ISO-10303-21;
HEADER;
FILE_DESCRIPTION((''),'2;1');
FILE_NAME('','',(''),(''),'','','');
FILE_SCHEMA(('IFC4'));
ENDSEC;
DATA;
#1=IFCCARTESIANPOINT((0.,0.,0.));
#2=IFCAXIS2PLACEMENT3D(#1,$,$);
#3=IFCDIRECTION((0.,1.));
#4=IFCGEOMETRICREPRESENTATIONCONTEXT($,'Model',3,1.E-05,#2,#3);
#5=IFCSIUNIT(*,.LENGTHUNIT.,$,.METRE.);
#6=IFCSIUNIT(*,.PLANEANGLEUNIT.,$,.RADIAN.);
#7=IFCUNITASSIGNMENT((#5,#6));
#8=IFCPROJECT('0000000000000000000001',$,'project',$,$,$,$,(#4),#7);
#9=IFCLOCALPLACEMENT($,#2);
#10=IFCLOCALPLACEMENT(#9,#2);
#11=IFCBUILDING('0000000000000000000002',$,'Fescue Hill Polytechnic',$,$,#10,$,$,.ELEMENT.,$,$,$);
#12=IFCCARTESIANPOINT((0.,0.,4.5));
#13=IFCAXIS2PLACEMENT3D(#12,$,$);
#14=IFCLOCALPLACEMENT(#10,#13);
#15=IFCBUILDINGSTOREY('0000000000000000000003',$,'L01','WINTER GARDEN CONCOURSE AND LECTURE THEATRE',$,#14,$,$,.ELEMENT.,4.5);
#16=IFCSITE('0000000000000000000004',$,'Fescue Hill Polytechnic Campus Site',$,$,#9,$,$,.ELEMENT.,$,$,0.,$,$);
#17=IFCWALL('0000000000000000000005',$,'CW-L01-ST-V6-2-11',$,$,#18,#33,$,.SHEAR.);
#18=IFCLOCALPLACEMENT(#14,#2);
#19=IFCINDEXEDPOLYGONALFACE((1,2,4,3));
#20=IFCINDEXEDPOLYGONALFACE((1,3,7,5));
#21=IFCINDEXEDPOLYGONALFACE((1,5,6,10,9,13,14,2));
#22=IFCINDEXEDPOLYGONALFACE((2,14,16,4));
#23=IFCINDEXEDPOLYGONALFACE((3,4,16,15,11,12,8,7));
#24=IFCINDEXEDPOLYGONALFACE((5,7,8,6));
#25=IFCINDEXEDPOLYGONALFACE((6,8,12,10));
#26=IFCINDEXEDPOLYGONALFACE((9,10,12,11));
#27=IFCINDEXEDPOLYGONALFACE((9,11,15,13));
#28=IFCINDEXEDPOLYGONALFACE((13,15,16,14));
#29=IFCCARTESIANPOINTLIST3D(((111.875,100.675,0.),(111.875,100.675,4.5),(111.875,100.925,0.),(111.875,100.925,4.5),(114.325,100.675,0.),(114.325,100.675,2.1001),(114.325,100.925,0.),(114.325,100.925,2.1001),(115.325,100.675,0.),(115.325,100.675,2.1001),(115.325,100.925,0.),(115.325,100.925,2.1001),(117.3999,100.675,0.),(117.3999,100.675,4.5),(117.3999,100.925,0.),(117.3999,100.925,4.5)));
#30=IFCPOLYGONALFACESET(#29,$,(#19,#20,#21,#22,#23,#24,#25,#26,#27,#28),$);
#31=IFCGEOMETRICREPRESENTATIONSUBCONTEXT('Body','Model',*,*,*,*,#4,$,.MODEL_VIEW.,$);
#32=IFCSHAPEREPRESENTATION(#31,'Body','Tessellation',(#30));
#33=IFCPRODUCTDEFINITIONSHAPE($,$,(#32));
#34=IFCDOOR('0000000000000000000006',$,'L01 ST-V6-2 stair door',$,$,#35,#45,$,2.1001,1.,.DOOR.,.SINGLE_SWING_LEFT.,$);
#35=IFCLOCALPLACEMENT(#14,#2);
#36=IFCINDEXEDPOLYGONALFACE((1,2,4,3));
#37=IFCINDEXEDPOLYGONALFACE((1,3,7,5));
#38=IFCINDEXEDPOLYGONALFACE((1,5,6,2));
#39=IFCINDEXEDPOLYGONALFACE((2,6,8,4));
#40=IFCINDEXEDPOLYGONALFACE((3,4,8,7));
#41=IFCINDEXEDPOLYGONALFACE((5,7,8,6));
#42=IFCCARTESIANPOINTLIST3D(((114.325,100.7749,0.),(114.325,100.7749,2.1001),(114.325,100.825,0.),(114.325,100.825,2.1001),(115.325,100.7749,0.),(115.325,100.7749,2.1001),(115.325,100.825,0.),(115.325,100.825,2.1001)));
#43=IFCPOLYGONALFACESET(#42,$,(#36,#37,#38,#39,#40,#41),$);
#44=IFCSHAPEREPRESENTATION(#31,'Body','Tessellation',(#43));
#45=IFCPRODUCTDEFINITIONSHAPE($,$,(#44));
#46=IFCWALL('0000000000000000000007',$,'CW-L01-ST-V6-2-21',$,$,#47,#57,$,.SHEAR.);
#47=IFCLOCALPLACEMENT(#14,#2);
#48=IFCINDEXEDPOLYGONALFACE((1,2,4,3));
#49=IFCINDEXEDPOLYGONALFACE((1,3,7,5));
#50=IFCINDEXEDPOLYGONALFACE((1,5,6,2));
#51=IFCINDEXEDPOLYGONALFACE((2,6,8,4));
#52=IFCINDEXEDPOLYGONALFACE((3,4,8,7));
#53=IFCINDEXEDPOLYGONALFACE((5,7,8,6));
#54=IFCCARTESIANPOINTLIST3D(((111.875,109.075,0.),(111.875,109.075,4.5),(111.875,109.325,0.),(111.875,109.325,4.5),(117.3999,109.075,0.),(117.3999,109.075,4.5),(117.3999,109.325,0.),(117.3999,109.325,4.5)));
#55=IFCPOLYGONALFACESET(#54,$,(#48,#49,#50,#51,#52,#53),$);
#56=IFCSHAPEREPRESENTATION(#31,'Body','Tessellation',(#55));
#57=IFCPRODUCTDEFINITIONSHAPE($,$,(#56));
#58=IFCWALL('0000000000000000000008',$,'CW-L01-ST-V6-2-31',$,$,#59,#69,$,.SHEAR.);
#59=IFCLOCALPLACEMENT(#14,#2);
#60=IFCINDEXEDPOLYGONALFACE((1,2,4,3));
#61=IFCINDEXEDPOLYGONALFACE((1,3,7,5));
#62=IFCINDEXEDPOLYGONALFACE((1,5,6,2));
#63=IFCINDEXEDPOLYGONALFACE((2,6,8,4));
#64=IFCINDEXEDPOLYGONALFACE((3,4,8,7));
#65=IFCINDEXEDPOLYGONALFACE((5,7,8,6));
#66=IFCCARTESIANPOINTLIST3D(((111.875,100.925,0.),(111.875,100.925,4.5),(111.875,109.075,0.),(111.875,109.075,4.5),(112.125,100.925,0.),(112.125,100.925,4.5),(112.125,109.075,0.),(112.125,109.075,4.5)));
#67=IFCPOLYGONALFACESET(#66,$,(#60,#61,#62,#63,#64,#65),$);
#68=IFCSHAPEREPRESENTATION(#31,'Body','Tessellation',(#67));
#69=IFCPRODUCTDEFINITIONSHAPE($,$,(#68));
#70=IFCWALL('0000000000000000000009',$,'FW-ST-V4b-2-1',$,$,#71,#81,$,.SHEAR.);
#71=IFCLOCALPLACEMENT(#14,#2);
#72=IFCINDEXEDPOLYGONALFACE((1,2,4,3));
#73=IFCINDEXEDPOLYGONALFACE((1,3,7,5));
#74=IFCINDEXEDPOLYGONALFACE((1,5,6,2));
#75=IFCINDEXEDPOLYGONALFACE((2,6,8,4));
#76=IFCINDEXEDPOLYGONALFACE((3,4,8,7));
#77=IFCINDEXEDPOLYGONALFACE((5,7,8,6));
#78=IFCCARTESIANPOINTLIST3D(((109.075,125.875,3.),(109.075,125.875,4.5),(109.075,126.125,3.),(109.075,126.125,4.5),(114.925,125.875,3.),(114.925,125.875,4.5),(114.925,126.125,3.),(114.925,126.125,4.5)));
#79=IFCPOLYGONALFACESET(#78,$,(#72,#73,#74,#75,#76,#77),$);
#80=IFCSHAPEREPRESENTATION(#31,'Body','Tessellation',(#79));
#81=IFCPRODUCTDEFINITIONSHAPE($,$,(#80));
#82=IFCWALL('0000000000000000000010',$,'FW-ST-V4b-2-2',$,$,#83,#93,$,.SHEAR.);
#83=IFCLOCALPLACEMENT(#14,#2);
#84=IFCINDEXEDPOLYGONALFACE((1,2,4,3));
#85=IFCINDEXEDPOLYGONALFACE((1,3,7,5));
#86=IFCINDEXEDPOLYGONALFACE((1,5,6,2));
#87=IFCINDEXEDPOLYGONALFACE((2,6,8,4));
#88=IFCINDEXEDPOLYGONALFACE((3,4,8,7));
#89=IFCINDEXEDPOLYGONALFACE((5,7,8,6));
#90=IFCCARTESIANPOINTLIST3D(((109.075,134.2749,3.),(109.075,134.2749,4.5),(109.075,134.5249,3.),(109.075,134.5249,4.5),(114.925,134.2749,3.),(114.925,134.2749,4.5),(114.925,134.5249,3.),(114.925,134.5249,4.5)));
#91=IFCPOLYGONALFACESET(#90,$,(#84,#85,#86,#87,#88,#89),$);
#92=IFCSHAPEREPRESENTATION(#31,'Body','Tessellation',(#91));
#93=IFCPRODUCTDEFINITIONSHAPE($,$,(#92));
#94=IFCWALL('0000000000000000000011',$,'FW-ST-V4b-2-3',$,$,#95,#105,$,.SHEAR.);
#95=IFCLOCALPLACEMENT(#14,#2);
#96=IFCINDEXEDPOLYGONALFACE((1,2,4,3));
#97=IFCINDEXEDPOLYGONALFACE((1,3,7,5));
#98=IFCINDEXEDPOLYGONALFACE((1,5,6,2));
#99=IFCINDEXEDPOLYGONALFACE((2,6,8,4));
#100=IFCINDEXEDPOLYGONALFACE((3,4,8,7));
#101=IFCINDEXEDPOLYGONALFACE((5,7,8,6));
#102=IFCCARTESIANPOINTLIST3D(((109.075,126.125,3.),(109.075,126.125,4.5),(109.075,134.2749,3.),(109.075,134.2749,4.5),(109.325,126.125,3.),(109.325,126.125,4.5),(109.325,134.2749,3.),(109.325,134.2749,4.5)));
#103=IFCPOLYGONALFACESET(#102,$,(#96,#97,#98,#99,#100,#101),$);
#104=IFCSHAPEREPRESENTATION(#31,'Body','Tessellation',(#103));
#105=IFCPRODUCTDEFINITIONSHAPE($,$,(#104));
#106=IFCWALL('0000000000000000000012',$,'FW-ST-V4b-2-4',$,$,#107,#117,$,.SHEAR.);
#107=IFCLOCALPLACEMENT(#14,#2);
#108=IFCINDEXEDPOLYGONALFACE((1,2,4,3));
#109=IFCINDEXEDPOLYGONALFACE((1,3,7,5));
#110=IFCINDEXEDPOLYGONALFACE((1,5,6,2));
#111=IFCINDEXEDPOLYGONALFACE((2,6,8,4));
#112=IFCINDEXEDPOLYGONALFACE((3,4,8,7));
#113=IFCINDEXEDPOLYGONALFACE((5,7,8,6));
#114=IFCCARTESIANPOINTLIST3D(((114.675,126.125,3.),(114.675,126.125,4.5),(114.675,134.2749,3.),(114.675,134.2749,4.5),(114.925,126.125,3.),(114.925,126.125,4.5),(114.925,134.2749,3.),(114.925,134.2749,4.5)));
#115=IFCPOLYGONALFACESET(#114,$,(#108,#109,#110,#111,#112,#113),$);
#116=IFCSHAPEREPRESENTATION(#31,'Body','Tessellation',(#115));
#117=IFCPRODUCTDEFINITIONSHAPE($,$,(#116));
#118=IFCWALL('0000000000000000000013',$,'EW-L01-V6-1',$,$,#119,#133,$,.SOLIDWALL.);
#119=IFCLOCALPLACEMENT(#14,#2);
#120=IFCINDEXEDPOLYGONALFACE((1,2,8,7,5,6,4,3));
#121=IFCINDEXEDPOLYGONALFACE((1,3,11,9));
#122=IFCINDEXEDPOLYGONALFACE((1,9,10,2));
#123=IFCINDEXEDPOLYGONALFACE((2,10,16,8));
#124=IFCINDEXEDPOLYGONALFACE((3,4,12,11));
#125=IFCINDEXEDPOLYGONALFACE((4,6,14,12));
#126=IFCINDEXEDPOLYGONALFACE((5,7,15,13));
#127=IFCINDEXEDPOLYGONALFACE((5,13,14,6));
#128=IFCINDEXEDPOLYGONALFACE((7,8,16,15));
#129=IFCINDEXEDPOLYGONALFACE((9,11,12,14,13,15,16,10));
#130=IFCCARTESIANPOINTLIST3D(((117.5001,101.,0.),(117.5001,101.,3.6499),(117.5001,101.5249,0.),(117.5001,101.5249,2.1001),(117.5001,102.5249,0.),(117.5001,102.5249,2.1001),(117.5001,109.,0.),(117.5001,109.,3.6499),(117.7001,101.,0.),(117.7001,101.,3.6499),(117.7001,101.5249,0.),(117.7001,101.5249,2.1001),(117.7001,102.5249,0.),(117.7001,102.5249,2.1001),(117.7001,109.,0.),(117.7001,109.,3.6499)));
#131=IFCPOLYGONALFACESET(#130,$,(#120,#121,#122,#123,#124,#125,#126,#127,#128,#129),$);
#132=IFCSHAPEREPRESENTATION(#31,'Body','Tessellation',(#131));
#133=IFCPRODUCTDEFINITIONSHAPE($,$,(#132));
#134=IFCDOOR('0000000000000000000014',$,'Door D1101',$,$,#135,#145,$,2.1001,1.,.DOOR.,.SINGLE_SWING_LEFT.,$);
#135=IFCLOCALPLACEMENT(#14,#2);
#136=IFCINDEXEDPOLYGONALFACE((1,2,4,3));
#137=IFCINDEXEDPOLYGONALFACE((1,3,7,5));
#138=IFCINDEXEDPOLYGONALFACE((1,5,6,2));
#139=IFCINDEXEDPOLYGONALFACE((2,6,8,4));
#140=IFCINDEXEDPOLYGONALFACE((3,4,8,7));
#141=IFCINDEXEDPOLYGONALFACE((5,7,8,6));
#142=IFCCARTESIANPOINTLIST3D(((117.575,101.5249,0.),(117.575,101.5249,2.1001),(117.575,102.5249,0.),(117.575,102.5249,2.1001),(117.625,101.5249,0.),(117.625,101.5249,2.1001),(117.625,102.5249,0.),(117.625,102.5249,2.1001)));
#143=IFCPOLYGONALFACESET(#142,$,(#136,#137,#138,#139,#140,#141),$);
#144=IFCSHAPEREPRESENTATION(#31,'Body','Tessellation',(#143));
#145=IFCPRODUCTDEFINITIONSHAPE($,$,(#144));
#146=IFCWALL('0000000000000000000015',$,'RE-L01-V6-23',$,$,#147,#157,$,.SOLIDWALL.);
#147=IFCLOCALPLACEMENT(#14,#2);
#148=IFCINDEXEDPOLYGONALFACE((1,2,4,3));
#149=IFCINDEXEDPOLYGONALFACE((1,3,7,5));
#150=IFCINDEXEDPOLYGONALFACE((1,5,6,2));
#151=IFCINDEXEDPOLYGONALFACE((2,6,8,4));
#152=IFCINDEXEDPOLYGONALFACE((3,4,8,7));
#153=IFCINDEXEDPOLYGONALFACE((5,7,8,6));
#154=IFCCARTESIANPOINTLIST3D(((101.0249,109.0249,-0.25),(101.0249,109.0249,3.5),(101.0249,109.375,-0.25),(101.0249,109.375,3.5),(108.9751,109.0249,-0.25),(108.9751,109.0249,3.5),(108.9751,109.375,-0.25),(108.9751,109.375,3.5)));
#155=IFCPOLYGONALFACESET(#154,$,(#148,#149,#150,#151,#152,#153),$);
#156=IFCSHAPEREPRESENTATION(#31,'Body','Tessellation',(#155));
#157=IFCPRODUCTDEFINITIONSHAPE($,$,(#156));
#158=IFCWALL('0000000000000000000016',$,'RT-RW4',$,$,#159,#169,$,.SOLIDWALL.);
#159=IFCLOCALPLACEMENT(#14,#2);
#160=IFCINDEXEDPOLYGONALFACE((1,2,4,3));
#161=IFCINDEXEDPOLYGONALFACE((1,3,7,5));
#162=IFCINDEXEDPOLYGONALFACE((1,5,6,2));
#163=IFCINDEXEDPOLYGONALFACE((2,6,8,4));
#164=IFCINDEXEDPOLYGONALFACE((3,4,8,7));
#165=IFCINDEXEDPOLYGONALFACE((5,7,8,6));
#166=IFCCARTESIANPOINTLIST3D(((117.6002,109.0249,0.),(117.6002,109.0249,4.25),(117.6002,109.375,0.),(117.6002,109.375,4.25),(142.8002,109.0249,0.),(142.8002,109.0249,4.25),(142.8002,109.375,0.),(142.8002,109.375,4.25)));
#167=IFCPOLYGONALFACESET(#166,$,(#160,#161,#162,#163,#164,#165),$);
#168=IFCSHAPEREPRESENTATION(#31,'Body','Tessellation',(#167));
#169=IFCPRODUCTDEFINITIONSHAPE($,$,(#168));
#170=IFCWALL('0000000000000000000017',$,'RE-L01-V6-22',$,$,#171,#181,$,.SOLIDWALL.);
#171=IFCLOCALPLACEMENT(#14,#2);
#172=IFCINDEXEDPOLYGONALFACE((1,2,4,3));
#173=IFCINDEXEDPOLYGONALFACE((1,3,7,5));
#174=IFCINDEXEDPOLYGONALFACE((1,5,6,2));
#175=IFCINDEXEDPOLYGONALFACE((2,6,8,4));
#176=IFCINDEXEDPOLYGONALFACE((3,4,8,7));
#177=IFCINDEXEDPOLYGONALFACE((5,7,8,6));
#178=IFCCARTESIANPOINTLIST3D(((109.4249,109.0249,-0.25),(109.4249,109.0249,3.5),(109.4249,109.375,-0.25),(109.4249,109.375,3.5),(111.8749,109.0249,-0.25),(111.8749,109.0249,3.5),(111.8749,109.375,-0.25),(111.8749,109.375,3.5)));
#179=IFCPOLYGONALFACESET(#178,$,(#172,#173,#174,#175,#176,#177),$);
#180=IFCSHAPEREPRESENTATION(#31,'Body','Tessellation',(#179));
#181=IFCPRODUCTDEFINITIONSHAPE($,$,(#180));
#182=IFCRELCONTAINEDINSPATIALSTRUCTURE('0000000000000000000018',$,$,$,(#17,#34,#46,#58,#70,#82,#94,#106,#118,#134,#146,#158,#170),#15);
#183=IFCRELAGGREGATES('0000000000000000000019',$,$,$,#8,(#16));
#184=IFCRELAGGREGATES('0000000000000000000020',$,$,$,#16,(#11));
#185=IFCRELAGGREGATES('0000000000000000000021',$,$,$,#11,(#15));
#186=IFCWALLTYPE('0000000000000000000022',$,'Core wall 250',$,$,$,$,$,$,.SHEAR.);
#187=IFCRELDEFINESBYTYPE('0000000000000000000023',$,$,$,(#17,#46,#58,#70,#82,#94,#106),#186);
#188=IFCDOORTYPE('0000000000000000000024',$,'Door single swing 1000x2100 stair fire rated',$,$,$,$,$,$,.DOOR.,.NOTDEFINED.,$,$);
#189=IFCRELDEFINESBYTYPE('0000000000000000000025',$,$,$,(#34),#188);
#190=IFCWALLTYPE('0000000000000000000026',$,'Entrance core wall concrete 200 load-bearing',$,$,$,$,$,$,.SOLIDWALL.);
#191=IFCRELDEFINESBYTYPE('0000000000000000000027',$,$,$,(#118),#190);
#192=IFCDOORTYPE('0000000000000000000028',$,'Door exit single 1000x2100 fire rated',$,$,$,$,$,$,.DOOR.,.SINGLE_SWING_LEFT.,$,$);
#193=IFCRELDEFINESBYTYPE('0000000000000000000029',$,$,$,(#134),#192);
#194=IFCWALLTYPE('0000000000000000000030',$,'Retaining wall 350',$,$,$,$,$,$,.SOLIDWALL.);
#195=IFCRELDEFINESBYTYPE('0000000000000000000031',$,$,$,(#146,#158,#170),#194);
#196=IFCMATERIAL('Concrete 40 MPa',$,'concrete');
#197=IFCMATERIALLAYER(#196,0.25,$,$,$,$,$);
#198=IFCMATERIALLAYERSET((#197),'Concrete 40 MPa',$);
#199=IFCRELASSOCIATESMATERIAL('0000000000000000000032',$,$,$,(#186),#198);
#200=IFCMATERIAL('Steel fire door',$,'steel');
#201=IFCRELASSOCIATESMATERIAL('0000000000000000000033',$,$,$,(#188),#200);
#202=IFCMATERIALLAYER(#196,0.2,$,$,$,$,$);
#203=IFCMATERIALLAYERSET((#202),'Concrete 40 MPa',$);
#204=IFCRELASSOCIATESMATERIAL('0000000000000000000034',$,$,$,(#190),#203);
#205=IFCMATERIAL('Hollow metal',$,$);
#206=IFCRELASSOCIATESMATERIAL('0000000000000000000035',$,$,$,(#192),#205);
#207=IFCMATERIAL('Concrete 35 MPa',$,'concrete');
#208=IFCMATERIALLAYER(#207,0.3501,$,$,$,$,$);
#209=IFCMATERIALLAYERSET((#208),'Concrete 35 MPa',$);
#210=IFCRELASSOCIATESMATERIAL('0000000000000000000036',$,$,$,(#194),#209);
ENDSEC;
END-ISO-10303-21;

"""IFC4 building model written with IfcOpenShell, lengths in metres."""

from ifc_helpers import new_model, si_unit, direction, frame, frame_2d, origin, place, context, subcontext, project, spatial, rectangle, extrude, material, layer, layer_set, type_object, element, fill, save


model = new_model("IFC4")

# Units and contexts
model_context = context("Model", 3, precision=1e-05, world=origin(), true_north=direction((0.0, 1.0)))
body_context = subcontext(model_context, "Body", "Model", "MODEL_VIEW")
ifc_project = project(units=[si_unit("LENGTHUNIT", "METRE"), si_unit("PLANEANGLEUNIT", "RADIAN")], contexts=[model_context])

# Site, building, storey
site_placement = place(None, origin())
site = spatial("IfcSite", under=ifc_project, at=site_placement, Name="Fescue Hill Polytechnic Campus Site", CompositionType="ELEMENT", RefElevation=0.0)
building_placement = place(site_placement, origin())
building = spatial("IfcBuilding", under=site, at=building_placement, Name="Fescue Hill Polytechnic", CompositionType="ELEMENT")
storey_placement = place(building_placement, frame((0.0, 0.0, 4.5)))
storey = spatial("IfcBuildingStorey", under=building, at=storey_placement, Name="L01", Description="WINTER GARDEN CONCOURSE AND LECTURE THEATRE", CompositionType="ELEMENT", Elevation=4.5)

# Shared definitions
ifc_material_1 = material(Name="Concrete 35 MPa", Category="concrete")

# Shared definitions
ifc_material_2 = material(Name="Concrete 40 MPa", Category="concrete")

# Wall, opening, door
ifc_layer_1 = layer(ifc_material_2, 0.25)
ifc_layer_set_1 = layer_set([ifc_layer_1], Name="Concrete 40 MPa")
wall_type_1 = type_object("IfcWallType", Name="Core wall 250", PredefinedType="SHEAR", material=ifc_layer_set_1)
wall_1_placement = place(storey_placement, frame((111.875, 100.8, 0.0), z_axis=(0.0, 0.0, 1.0), x_axis=(1.0, 0.0, 0.0)))
wall_1 = element("IfcWall", 1, at=wall_1_placement, inside=storey, type_object=wall_type_1, Name="CW-L01-ST-V6-2-11", PredefinedType="SHEAR", context=body_context, shape_type="SweptSolid", body=[
    extrude(rectangle(XDim=5.5249, YDim=0.25, at=frame_2d((2.7625, 0.0))), origin(), (0.0, 0.0, 1.0), 4.5),
])
opening_1_placement = place(wall_1_placement, frame((2.45, 0.0, 0.0)))
opening_1 = element("IfcOpeningElement", 2, at=opening_1_placement, cuts=wall_1, PredefinedType="OPENING", context=body_context, shape_type="SweptSolid", body=[
    extrude(rectangle(XDim=1.0, YDim=2.1001, at=frame_2d((0.5, 1.05))), frame((0.0, 0.135, 0.0), z_axis=(0.0, -1.0, 0.0), x_axis=(1.0, 0.0, 0.0)), (0.0, 0.0, 1.0), 0.27),
])
ifc_material_3 = material(Name="Steel fire door", Category="steel")
door_type_1 = type_object("IfcDoorType", Name="Door single swing 1000x2100 stair fire rated", OperationType="NOTDEFINED", PredefinedType="DOOR", material=ifc_material_3)
door_1_placement = place(opening_1_placement, origin())
door_1 = element("IfcDoor", 3, at=door_1_placement, inside=storey, type_object=door_type_1, Name="L01 ST-V6-2 stair door", OperationType="SINGLE_SWING_LEFT", OverallHeight=2.1001, OverallWidth=1.0, PredefinedType="DOOR", context=body_context, shape_type="SweptSolid", body=[
    extrude(rectangle(XDim=1.0, YDim=2.1001, at=frame_2d((0.5, 1.05))), frame((0.0, 0.0249, 0.0), z_axis=(0.0, -1.0, 0.0), x_axis=(1.0, 0.0, 0.0)), (0.0, 0.0, 1.0), 0.05),
])
fill(opening_1, door_1)

# Walls
wall_2_placement = place(storey_placement, frame((111.875, 109.2, 0.0), z_axis=(0.0, 0.0, 1.0), x_axis=(1.0, 0.0, 0.0)))
element("IfcWall", 4, at=wall_2_placement, inside=storey, type_object=wall_type_1, Name="CW-L01-ST-V6-2-21", PredefinedType="SHEAR", context=body_context, shape_type="SweptSolid", body=[
    extrude(rectangle(XDim=5.5249, YDim=0.25, at=frame_2d((2.7625, 0.0))), origin(), (0.0, 0.0, 1.0), 4.5),
])
wall_3_placement = place(storey_placement, frame((112.0, 100.925, 0.0), z_axis=(0.0, 0.0, 1.0), x_axis=(0.0, 1.0, 0.0)))
element("IfcWall", 5, at=wall_3_placement, inside=storey, type_object=wall_type_1, Name="CW-L01-ST-V6-2-31", PredefinedType="SHEAR", context=body_context, shape_type="SweptSolid", body=[
    extrude(rectangle(XDim=8.1499, YDim=0.25, at=frame_2d((4.075, 0.0))), origin(), (0.0, 0.0, 1.0), 4.5),
])
for number, where, z_axis, x_axis, name in (
    (6, (109.075, 126.0, 3.0), (0.0, 0.0, 1.0), (1.0, 0.0, 0.0), "FW-ST-V4b-2-1"),
    (7, (109.075, 134.3999, 3.0), (0.0, 0.0, 1.0), (1.0, 0.0, 0.0), "FW-ST-V4b-2-2"),
):
    element("IfcWall", number, at=place(storey_placement, frame(where, z_axis=z_axis, x_axis=x_axis)), inside=storey, type_object=wall_type_1, Name=name, PredefinedType="SHEAR", context=body_context, shape_type="SweptSolid", body=[
        extrude(rectangle(XDim=5.8501, YDim=0.25, at=frame_2d((2.925, 0.0))), origin(), (0.0, 0.0, 1.0), 1.5),
    ])
for number, where, z_axis, x_axis, name in (
    (8, (109.2, 126.125, 3.0), (0.0, 0.0, 1.0), (0.0, 1.0, 0.0), "FW-ST-V4b-2-3"),
    (9, (114.8, 126.125, 3.0), (0.0, 0.0, 1.0), (0.0, 1.0, 0.0), "FW-ST-V4b-2-4"),
):
    element("IfcWall", number, at=place(storey_placement, frame(where, z_axis=z_axis, x_axis=x_axis)), inside=storey, type_object=wall_type_1, Name=name, PredefinedType="SHEAR", context=body_context, shape_type="SweptSolid", body=[
        extrude(rectangle(XDim=8.1499, YDim=0.25, at=frame_2d((4.075, 0.0))), origin(), (0.0, 0.0, 1.0), 1.5),
    ])

# Wall, opening, door
ifc_layer_2 = layer(ifc_material_2, 0.2)
ifc_layer_set_2 = layer_set([ifc_layer_2], Name="Concrete 40 MPa")
wall_type_2 = type_object("IfcWallType", Name="Entrance core wall concrete 200 load-bearing", PredefinedType="SOLIDWALL", material=ifc_layer_set_2)
wall_4_placement = place(storey_placement, frame((117.6001, 101.0, 0.0), z_axis=(0.0, 0.0, 1.0), x_axis=(0.0, 1.0, 0.0)))
wall_4 = element("IfcWall", 10, at=wall_4_placement, inside=storey, type_object=wall_type_2, Name="EW-L01-V6-1", PredefinedType="SOLIDWALL", context=body_context, shape_type="SweptSolid", body=[
    extrude(rectangle(XDim=8.0, YDim=0.2, at=frame_2d((4.0, 0.0))), origin(), (0.0, 0.0, 1.0), 3.6499),
])
opening_2_placement = place(wall_4_placement, frame((1.5249, 0.0, 0.0), z_axis=(0.0, 0.0, 1.0), x_axis=(-1.0, 0.0, 0.0)))
opening_2 = element("IfcOpeningElement", 11, at=opening_2_placement, cuts=wall_4, PredefinedType="OPENING", context=body_context, shape_type="SweptSolid", body=[
    extrude(rectangle(XDim=1.0, YDim=2.1001, at=frame_2d((0.5, 1.05))), frame((0.0, 0.1099, 0.0), z_axis=(0.0, -1.0, 0.0), x_axis=(1.0, 0.0, 0.0)), (0.0, 0.0, 1.0), 0.22),
])
ifc_material_4 = material(Name="Hollow metal")
door_type_2 = type_object("IfcDoorType", Name="Door exit single 1000x2100 fire rated", OperationType="SINGLE_SWING_LEFT", PredefinedType="DOOR", material=ifc_material_4)
door_2_placement = place(opening_2_placement, origin())
door_2 = element("IfcDoor", 12, at=door_2_placement, inside=storey, type_object=door_type_2, Name="Door D1101", OperationType="SINGLE_SWING_LEFT", OverallHeight=2.1001, OverallWidth=1.0, PredefinedType="DOOR", context=body_context, shape_type="SweptSolid", body=[
    extrude(rectangle(XDim=1.0, YDim=2.1001, at=frame_2d((0.5, 1.05))), frame((0.0, 0.0249, 0.0), z_axis=(0.0, -1.0, 0.0), x_axis=(1.0, 0.0, 0.0)), (0.0, 0.0, 1.0), 0.05),
])
fill(opening_2, door_2)

# Walls
ifc_layer_3 = layer(ifc_material_1, 0.3501)
ifc_layer_set_3 = layer_set([ifc_layer_3], Name="Concrete 35 MPa")
wall_type_3 = type_object("IfcWallType", Name="Retaining wall 350", PredefinedType="SOLIDWALL", material=ifc_layer_set_3)
wall_5_placement = place(storey_placement, frame((108.9751, 109.2, -0.25), z_axis=(0.0, 0.0, 1.0), x_axis=(-1.0, 0.0, 0.0)))
element("IfcWall", 13, at=wall_5_placement, inside=storey, type_object=wall_type_3, Name="RE-L01-V6-23", PredefinedType="SOLIDWALL", context=body_context, shape_type="SweptSolid", body=[
    extrude(rectangle(XDim=7.9502, YDim=0.3501, at=frame_2d((3.9751, 0.0))), origin(), (0.0, 0.0, 1.0), 3.75),
])
wall_6_placement = place(storey_placement, frame((117.6001, 109.2, 0.0), z_axis=(0.0, 0.0, 1.0), x_axis=(1.0, 0.0, 0.0)))
element("IfcWall", 14, at=wall_6_placement, inside=storey, type_object=wall_type_3, Name="RT-RW4", PredefinedType="SOLIDWALL", context=body_context, shape_type="SweptSolid", body=[
    extrude(rectangle(XDim=25.2, YDim=0.3501, at=frame_2d((12.6001, 0.0))), origin(), (0.0, 0.0, 1.0), 4.25),
])
wall_7_placement = place(storey_placement, frame((111.875, 109.2, -0.25), z_axis=(0.0, 0.0, 1.0), x_axis=(-1.0, 0.0, 0.0)))
element("IfcWall", 15, at=wall_7_placement, inside=storey, type_object=wall_type_3, Name="RE-L01-V6-22", PredefinedType="SOLIDWALL", context=body_context, shape_type="SweptSolid", body=[
    extrude(rectangle(XDim=2.45, YDim=0.3501, at=frame_2d((1.2251, 0.0))), origin(), (0.0, 0.0, 1.0), 3.75),
])

save(model, "model.ifc")
